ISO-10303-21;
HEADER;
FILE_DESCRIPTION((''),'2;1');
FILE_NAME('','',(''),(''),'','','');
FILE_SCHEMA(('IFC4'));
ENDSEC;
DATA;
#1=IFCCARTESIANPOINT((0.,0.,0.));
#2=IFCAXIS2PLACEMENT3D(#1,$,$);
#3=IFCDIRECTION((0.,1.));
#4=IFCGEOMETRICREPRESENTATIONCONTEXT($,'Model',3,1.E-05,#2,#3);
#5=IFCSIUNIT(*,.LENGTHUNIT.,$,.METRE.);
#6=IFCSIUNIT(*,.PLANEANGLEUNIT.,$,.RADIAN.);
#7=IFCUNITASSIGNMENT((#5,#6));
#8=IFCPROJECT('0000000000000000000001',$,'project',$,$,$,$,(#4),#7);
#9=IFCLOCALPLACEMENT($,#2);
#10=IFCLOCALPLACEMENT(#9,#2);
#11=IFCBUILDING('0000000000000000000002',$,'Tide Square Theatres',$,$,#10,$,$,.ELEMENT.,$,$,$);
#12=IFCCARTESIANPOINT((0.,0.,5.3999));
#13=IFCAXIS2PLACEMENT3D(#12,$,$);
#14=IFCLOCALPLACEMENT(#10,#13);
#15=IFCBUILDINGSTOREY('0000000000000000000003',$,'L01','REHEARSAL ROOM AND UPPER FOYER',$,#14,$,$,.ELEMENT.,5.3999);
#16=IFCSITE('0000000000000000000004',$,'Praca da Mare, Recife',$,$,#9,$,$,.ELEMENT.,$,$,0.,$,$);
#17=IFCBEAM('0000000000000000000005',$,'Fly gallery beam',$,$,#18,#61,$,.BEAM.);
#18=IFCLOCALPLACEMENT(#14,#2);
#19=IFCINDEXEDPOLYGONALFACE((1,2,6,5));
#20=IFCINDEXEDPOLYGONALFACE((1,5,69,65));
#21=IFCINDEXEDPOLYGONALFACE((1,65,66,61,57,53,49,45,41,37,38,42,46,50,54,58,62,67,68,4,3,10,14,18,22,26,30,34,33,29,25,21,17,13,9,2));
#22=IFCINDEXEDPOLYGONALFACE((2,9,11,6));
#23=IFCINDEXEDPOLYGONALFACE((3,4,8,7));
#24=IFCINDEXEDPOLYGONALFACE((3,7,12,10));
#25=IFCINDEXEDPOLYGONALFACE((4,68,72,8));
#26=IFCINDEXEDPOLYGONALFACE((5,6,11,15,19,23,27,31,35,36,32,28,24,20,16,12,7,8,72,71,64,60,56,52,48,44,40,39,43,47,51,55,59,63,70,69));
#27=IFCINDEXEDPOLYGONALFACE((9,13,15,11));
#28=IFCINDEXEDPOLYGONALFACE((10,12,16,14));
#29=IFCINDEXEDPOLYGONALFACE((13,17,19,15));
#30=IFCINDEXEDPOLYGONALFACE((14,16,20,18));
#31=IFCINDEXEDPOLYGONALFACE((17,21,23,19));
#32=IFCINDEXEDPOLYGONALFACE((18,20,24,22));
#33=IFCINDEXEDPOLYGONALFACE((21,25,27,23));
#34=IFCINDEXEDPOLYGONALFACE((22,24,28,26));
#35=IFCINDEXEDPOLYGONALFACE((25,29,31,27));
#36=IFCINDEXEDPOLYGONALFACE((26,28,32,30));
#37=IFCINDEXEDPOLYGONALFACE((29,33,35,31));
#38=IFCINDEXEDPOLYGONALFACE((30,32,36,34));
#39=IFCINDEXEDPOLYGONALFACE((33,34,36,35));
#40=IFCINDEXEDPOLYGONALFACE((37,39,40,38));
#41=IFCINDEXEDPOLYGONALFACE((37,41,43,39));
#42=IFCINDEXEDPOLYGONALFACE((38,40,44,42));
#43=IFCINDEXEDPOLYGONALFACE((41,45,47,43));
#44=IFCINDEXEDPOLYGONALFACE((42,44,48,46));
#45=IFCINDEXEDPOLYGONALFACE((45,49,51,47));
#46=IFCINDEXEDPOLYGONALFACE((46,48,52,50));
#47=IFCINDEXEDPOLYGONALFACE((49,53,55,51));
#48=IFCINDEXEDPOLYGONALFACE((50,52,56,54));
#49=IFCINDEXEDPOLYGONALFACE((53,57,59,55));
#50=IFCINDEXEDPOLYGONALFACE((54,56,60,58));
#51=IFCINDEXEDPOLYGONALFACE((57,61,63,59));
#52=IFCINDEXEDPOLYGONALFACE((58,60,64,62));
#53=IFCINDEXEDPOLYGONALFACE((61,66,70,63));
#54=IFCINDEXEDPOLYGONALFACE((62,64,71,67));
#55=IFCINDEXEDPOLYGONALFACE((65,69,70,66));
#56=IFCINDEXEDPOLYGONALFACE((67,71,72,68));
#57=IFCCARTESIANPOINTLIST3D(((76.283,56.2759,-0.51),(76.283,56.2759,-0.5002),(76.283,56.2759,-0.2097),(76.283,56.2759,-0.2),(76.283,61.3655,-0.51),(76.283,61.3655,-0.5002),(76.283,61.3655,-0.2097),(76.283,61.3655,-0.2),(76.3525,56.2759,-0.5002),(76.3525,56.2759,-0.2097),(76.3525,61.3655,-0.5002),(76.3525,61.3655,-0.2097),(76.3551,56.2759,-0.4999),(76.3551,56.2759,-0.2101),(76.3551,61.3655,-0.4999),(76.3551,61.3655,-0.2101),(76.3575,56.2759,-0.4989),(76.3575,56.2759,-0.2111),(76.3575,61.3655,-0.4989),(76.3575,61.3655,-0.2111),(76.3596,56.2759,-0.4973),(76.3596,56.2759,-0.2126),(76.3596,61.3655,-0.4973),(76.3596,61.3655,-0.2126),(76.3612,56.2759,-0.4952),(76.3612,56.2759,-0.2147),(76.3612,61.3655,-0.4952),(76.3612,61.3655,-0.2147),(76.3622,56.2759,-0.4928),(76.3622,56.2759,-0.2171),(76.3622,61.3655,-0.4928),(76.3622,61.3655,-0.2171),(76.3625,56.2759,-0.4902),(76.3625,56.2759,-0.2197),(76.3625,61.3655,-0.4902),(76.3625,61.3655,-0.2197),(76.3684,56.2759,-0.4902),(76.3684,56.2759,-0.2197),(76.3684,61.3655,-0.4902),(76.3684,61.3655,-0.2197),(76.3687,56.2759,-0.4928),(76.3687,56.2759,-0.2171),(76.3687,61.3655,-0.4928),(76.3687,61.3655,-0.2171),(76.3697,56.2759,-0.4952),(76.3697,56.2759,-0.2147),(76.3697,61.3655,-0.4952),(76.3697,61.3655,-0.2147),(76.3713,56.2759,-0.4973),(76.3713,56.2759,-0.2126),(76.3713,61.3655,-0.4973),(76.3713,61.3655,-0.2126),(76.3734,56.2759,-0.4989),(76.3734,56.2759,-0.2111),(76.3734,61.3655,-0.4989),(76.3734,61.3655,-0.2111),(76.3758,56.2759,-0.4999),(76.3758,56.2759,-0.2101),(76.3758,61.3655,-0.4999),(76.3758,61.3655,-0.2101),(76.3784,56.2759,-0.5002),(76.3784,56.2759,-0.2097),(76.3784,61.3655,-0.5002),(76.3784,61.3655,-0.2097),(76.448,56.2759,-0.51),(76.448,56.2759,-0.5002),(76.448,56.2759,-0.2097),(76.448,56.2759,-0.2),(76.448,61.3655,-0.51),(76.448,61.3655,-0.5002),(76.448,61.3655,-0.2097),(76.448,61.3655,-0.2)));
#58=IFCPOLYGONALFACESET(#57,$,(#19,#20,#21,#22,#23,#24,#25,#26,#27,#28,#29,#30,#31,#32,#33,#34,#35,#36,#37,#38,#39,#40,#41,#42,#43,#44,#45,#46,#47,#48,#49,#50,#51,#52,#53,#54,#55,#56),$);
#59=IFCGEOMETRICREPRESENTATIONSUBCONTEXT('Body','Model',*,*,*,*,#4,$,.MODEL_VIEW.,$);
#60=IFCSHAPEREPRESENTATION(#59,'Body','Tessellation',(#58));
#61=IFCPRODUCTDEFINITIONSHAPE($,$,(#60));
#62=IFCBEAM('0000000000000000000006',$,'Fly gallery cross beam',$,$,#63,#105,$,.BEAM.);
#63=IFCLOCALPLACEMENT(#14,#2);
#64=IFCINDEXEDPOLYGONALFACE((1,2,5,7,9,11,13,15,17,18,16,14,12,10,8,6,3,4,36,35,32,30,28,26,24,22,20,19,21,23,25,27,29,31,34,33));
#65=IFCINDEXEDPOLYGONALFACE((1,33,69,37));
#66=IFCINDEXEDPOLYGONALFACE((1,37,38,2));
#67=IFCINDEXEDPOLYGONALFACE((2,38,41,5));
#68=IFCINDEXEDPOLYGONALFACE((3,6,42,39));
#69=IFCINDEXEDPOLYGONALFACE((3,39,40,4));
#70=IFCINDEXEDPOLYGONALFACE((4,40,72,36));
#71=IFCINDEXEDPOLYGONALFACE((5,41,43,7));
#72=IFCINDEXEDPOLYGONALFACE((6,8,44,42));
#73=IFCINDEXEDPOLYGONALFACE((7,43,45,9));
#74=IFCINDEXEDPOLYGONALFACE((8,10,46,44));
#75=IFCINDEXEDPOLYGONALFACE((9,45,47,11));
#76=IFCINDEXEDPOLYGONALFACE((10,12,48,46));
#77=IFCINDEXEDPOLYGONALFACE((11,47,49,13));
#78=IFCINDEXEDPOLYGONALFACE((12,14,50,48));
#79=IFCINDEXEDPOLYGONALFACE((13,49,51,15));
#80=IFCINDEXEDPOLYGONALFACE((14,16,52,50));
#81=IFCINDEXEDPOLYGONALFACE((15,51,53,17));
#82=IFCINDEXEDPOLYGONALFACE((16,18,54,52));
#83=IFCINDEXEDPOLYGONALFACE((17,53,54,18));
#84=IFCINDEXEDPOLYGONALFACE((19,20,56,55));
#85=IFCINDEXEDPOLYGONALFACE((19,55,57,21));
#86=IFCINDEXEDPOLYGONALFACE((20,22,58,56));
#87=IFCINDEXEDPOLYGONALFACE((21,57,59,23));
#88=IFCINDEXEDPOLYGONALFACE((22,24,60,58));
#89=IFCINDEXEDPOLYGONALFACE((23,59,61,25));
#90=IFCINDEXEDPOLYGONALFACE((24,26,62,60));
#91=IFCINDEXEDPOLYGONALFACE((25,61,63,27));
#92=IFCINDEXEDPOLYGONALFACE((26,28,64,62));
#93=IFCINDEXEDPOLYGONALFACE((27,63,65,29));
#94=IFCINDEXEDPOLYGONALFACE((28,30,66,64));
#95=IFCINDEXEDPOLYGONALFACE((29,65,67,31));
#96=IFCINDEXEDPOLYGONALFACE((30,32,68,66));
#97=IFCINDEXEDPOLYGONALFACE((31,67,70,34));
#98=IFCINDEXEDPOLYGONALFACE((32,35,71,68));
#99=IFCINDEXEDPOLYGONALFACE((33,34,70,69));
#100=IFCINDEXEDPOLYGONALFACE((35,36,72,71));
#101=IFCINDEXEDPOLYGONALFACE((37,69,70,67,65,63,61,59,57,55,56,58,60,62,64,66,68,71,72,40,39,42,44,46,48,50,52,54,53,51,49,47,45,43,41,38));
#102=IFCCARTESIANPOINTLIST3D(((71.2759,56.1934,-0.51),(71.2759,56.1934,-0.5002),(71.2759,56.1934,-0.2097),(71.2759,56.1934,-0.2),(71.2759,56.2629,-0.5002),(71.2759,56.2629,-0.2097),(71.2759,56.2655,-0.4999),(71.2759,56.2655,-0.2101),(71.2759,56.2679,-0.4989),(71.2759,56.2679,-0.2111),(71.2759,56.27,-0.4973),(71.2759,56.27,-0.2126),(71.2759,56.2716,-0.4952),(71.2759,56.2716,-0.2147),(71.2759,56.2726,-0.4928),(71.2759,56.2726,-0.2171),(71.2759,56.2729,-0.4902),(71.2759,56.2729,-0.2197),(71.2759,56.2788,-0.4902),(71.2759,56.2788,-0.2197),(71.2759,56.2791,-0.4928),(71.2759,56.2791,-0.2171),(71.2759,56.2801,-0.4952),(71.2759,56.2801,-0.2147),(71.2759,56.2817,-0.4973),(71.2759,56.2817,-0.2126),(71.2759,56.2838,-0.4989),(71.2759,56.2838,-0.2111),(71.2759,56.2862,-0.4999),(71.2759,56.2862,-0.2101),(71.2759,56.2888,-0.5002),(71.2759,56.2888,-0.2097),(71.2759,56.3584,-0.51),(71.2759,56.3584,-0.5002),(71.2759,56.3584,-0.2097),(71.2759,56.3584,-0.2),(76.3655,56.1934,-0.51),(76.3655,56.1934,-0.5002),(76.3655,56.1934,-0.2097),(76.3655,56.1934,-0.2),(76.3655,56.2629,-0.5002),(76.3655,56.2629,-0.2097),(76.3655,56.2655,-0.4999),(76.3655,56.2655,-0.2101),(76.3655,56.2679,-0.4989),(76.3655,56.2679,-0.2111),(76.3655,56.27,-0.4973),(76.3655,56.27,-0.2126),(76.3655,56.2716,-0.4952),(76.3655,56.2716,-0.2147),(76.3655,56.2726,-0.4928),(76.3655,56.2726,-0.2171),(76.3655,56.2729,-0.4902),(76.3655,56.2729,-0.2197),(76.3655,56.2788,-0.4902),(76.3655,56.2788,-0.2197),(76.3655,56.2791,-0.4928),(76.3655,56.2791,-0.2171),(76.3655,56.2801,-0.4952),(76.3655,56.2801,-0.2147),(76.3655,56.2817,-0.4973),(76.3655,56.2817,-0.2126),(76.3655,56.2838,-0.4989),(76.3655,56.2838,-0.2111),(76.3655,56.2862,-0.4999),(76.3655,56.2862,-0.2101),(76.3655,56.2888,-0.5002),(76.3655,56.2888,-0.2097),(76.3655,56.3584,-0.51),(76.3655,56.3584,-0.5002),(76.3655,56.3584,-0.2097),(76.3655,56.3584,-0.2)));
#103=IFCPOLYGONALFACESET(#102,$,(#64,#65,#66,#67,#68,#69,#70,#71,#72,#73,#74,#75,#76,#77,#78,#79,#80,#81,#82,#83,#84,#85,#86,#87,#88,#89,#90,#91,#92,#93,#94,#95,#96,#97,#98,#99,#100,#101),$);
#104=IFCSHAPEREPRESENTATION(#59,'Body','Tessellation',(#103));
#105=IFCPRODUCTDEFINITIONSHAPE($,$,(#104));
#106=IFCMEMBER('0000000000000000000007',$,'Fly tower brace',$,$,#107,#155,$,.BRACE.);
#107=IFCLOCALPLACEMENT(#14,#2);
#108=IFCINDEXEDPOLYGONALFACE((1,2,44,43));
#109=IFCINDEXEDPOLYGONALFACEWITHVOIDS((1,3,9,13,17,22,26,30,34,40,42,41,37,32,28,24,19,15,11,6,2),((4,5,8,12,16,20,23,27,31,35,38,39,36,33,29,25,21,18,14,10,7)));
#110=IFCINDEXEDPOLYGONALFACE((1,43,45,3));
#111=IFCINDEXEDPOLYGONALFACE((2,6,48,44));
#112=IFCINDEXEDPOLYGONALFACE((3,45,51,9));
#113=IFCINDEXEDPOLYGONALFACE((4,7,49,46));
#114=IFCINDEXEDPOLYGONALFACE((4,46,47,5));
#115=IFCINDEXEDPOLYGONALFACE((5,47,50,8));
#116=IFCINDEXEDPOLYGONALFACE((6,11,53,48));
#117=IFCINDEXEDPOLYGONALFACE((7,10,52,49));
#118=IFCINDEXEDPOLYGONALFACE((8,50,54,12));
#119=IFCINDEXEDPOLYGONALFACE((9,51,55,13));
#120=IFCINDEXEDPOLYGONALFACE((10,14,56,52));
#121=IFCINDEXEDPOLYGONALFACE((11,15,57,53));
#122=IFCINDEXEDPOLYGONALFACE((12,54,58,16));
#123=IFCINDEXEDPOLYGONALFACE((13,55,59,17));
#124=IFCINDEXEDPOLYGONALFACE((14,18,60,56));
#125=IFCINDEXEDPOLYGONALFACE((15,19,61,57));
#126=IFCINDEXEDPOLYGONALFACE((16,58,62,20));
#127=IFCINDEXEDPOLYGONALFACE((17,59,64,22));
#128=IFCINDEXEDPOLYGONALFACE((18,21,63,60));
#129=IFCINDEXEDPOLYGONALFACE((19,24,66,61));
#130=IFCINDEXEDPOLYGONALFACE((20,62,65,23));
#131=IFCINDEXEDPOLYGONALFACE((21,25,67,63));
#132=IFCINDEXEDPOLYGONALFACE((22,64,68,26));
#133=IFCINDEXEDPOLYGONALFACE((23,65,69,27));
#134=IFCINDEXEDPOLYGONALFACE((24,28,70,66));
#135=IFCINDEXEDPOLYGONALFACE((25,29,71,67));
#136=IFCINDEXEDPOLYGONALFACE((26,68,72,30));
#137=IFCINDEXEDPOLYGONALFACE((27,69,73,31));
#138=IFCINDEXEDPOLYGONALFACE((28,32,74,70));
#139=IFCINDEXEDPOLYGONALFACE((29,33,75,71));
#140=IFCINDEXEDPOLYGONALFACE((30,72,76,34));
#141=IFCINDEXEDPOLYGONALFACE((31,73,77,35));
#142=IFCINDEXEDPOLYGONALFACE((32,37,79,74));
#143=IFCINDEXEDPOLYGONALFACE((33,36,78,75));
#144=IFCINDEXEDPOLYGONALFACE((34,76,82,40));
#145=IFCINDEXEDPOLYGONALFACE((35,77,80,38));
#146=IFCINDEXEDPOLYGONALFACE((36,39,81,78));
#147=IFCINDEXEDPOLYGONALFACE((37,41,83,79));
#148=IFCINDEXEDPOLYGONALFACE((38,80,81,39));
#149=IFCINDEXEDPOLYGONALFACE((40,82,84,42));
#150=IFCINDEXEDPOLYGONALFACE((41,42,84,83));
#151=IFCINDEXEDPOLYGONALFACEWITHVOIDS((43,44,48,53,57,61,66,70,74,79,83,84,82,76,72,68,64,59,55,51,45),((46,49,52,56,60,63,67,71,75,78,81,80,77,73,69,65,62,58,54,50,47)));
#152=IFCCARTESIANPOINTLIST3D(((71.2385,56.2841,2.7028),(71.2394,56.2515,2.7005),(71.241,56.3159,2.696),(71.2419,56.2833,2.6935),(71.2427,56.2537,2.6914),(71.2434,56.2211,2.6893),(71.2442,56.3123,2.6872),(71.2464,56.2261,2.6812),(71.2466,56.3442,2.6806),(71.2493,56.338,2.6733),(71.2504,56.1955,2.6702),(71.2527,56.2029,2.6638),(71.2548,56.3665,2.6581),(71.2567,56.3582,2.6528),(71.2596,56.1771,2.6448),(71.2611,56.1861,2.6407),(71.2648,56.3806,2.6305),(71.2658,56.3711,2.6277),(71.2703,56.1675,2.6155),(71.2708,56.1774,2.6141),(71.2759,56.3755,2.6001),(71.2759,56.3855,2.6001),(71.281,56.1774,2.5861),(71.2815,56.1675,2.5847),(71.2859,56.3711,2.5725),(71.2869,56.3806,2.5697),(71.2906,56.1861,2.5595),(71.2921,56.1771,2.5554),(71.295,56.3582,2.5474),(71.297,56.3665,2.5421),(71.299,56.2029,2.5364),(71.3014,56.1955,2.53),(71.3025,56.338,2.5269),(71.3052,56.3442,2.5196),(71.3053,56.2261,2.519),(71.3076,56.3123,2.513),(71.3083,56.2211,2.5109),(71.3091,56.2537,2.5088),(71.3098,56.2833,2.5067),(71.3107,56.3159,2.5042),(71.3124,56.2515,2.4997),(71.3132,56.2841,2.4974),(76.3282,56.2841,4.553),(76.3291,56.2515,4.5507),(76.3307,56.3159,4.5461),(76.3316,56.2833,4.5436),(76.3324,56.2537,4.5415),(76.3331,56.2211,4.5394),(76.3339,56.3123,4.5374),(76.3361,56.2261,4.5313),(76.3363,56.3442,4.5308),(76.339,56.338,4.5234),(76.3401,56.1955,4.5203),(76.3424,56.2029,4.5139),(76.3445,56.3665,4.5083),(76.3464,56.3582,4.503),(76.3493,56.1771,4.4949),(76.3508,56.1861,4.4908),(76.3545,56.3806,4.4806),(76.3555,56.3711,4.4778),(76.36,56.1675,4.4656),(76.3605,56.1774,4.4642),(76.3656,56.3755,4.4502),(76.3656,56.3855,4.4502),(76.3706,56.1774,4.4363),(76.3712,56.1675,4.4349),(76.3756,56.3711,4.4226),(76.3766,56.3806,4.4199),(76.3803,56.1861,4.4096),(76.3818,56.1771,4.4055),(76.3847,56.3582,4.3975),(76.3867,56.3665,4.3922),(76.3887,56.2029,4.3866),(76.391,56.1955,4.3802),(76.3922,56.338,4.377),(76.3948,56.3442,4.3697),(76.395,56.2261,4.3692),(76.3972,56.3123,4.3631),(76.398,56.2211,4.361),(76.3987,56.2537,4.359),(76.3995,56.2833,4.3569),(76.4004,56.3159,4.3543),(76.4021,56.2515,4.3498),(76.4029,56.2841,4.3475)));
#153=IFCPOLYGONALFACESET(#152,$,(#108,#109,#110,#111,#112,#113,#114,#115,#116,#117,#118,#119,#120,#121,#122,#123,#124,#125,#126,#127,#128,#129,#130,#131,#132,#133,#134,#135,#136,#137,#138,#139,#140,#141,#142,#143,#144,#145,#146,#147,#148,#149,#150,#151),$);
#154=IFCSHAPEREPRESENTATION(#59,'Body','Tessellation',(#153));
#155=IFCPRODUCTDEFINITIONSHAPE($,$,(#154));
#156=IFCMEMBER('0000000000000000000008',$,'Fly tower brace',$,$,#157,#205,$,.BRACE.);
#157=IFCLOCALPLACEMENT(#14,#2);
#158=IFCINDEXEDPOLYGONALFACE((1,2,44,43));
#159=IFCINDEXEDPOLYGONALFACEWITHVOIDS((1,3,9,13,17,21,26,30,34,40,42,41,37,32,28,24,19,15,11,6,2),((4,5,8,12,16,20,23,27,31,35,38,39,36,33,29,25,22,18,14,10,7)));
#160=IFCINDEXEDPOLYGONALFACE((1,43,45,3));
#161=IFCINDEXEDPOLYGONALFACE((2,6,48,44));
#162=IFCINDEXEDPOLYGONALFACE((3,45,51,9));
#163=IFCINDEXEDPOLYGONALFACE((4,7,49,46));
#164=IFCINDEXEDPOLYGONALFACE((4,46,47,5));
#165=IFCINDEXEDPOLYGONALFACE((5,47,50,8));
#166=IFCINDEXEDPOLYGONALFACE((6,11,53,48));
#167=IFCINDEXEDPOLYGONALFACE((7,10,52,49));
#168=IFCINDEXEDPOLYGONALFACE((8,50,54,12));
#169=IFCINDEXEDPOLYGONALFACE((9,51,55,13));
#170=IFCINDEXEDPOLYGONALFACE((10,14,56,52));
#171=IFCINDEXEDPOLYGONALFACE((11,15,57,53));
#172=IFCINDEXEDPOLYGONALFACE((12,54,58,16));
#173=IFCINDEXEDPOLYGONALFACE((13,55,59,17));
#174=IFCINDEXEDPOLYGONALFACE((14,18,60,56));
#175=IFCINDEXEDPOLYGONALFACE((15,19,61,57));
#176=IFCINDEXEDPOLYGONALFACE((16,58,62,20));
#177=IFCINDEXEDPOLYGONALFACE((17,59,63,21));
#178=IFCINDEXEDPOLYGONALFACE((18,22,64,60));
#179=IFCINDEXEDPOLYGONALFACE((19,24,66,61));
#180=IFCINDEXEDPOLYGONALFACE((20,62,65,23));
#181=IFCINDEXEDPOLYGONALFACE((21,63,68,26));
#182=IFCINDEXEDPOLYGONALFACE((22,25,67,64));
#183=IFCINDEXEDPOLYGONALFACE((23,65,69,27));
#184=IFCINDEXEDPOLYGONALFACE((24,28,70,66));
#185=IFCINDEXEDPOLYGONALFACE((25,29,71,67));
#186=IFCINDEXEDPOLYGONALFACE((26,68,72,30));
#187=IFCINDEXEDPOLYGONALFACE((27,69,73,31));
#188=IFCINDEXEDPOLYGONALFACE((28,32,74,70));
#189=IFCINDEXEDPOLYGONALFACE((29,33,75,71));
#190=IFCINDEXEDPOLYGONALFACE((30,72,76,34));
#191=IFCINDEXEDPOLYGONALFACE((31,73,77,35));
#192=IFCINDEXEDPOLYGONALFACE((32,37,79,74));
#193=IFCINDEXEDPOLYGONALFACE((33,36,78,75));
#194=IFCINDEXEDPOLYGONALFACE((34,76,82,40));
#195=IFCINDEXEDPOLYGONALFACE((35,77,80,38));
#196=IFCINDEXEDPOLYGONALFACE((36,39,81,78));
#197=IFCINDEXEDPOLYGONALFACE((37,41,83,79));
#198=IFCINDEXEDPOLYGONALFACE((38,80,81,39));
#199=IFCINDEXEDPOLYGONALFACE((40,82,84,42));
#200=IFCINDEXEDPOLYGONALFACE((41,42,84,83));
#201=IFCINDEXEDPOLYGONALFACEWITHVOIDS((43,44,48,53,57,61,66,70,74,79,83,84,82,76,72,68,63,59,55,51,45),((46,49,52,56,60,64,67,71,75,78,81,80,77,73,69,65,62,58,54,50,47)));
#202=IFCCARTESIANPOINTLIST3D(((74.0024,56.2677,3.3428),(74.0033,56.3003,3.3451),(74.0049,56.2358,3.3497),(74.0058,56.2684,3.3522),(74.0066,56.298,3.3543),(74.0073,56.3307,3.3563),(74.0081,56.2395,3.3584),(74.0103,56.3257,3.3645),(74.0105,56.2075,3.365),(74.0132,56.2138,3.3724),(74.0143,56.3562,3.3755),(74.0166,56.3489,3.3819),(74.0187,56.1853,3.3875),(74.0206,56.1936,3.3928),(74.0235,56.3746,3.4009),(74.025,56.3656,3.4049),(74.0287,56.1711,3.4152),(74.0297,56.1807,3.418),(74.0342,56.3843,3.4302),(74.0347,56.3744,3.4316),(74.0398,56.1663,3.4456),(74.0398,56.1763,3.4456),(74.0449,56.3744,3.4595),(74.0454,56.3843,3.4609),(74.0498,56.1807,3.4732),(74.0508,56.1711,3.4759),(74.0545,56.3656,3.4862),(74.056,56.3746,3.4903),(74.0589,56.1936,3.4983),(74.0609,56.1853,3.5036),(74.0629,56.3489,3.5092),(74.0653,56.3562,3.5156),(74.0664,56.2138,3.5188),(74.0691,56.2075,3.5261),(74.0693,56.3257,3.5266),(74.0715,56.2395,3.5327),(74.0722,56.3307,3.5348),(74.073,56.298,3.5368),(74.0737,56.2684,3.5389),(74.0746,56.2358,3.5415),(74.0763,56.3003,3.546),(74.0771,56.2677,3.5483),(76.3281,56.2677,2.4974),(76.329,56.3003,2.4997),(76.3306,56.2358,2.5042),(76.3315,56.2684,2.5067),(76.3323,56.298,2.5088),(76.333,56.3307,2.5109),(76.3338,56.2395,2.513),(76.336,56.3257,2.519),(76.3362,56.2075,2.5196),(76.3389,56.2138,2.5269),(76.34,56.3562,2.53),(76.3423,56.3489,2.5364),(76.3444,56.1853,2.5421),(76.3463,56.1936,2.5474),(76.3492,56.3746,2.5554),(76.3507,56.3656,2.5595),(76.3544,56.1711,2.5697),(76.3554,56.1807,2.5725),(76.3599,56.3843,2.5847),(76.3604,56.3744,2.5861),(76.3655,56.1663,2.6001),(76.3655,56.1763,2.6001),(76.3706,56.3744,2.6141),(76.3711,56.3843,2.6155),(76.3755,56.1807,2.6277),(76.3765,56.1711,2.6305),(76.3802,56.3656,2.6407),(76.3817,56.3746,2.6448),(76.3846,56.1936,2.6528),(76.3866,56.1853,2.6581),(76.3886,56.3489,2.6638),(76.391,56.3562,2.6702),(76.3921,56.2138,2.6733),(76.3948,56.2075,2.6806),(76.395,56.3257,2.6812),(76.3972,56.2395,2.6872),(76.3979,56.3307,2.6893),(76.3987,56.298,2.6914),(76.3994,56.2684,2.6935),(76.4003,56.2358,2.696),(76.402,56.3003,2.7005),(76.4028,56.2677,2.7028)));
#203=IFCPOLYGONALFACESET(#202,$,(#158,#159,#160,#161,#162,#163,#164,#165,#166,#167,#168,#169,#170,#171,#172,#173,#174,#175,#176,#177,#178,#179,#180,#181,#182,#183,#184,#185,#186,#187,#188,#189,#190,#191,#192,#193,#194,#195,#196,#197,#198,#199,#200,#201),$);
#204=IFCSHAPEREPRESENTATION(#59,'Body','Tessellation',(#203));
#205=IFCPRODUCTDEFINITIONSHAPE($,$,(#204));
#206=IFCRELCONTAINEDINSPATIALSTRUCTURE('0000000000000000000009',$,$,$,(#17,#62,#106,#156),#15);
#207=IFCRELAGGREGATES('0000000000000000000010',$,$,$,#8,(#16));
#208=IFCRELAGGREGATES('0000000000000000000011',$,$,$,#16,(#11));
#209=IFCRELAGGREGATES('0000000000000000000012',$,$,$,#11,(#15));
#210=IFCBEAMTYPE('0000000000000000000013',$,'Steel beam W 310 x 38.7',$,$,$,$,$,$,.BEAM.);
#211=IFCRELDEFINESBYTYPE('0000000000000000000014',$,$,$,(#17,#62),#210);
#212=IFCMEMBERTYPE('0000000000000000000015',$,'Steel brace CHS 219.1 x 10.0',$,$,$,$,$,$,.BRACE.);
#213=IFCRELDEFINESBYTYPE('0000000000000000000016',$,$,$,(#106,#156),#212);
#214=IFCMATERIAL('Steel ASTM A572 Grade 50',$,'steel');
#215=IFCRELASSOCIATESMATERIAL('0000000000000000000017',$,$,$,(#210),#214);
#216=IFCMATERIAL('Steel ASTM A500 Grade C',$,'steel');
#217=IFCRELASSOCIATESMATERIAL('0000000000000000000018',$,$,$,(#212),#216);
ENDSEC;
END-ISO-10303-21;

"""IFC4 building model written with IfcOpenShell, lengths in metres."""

from ifc_helpers import new_model, si_unit, direction, frame, origin, origin_2d, place, context, subcontext, project, spatial, hollow_circle, i_section, extrude, material, material_profile, profile_set, type_object, element, save


model = new_model("IFC4")

# Units and contexts
model_context = context("Model", 3, precision=1e-05, world=origin(), true_north=direction((0.0, 1.0)))
body_context = subcontext(model_context, "Body", "Model", "MODEL_VIEW")
ifc_project = project(units=[si_unit("LENGTHUNIT", "METRE"), si_unit("PLANEANGLEUNIT", "RADIAN")], contexts=[model_context])

# Site, building, storey
site_placement = place(None, origin())
site = spatial("IfcSite", under=ifc_project, at=site_placement, Name="Praca da Mare, Recife", CompositionType="ELEMENT", RefElevation=0.0)
building_placement = place(site_placement, origin())
building = spatial("IfcBuilding", under=site, at=building_placement, Name="Tide Square Theatres", CompositionType="ELEMENT")
storey_placement = place(building_placement, frame((0.0, 0.0, 5.3999)))
storey = spatial("IfcBuildingStorey", under=building, at=storey_placement, Name="L01", Description="REHEARSAL ROOM AND UPPER FOYER", CompositionType="ELEMENT", Elevation=5.3999)

# Beams
ifc_material_1 = material(Name="Steel ASTM A572 Grade 50", Category="steel")
ifc_material_profile_1 = material_profile(ifc_material_1, i_section(OverallWidth=0.165, OverallDepth=0.3101, WebThickness=0.0059, FlangeThickness=0.0098, FilletRadius=0.01, at=origin_2d()))
ifc_profile_set_1 = profile_set([ifc_material_profile_1], Name="Steel ASTM A572 Grade 50")
beam_type = type_object("IfcBeamType", Name="Steel beam W 310 x 38.7", PredefinedType="BEAM", material=ifc_profile_set_1)
for number, where, z_axis, x_axis, name in (
    (1, (76.3655, 56.2759, -0.355), (0.0, 1.0, 0.0), (-1.0, 0.0, 0.0), "Fly gallery beam"),
    (2, (71.2759, 56.2759, -0.355), (1.0, 0.0, 0.0), (0.0, 1.0, 0.0), "Fly gallery cross beam"),
):
    element("IfcBeam", number, at=place(storey_placement, frame(where, z_axis=z_axis, x_axis=x_axis)), inside=storey, type_object=beam_type, Name=name, PredefinedType="BEAM", context=body_context, shape_type="SweptSolid", body=[
        extrude(i_section(OverallWidth=0.165, OverallDepth=0.3101, WebThickness=0.0059, FlangeThickness=0.0098, FilletRadius=0.01, at=origin_2d()), origin(), (0.0, 0.0, 1.0), 5.0896),
    ])

# Members
ifc_material_2 = material(Name="Steel ASTM A500 Grade C", Category="steel")
ifc_material_profile_2 = material_profile(ifc_material_2, hollow_circle(Radius=0.1096, WallThickness=0.01, at=origin_2d()))
ifc_profile_set_2 = profile_set([ifc_material_profile_2], Name="Steel ASTM A500 Grade C")
member_type = type_object("IfcMemberType", Name="Steel brace CHS 219.1 x 10.0", PredefinedType="BRACE", material=ifc_profile_set_2)
member_1_placement = place(storey_placement, frame((71.2759, 56.2759, 2.6001), z_axis=(0.939833, 0.0, 0.341634), x_axis=(0.0, 1.0, 0.0)))
element("IfcMember", 3, at=member_1_placement, inside=storey, type_object=member_type, Name="Fly tower brace", PredefinedType="BRACE", context=body_context, shape_type="SweptSolid", body=[
    extrude(hollow_circle(Radius=0.1096, WallThickness=0.01, at=origin_2d()), origin(), (0.0, 0.0, 1.0), 5.4155),
])
member_2_placement = place(storey_placement, frame((76.3655, 56.2759, 2.6001), z_axis=(-0.939825, 0.0, 0.341656), x_axis=(0.0, -1.0, 0.0)))
element("IfcMember", 4, at=member_2_placement, inside=storey, type_object=member_type, Name="Fly tower brace", PredefinedType="BRACE", context=body_context, shape_type="SweptSolid", body=[
    extrude(hollow_circle(Radius=0.1096, WallThickness=0.01, at=origin_2d()), origin(), (0.0, 0.0, 1.0), 2.4746),
])

save(model, "model.ifc")
